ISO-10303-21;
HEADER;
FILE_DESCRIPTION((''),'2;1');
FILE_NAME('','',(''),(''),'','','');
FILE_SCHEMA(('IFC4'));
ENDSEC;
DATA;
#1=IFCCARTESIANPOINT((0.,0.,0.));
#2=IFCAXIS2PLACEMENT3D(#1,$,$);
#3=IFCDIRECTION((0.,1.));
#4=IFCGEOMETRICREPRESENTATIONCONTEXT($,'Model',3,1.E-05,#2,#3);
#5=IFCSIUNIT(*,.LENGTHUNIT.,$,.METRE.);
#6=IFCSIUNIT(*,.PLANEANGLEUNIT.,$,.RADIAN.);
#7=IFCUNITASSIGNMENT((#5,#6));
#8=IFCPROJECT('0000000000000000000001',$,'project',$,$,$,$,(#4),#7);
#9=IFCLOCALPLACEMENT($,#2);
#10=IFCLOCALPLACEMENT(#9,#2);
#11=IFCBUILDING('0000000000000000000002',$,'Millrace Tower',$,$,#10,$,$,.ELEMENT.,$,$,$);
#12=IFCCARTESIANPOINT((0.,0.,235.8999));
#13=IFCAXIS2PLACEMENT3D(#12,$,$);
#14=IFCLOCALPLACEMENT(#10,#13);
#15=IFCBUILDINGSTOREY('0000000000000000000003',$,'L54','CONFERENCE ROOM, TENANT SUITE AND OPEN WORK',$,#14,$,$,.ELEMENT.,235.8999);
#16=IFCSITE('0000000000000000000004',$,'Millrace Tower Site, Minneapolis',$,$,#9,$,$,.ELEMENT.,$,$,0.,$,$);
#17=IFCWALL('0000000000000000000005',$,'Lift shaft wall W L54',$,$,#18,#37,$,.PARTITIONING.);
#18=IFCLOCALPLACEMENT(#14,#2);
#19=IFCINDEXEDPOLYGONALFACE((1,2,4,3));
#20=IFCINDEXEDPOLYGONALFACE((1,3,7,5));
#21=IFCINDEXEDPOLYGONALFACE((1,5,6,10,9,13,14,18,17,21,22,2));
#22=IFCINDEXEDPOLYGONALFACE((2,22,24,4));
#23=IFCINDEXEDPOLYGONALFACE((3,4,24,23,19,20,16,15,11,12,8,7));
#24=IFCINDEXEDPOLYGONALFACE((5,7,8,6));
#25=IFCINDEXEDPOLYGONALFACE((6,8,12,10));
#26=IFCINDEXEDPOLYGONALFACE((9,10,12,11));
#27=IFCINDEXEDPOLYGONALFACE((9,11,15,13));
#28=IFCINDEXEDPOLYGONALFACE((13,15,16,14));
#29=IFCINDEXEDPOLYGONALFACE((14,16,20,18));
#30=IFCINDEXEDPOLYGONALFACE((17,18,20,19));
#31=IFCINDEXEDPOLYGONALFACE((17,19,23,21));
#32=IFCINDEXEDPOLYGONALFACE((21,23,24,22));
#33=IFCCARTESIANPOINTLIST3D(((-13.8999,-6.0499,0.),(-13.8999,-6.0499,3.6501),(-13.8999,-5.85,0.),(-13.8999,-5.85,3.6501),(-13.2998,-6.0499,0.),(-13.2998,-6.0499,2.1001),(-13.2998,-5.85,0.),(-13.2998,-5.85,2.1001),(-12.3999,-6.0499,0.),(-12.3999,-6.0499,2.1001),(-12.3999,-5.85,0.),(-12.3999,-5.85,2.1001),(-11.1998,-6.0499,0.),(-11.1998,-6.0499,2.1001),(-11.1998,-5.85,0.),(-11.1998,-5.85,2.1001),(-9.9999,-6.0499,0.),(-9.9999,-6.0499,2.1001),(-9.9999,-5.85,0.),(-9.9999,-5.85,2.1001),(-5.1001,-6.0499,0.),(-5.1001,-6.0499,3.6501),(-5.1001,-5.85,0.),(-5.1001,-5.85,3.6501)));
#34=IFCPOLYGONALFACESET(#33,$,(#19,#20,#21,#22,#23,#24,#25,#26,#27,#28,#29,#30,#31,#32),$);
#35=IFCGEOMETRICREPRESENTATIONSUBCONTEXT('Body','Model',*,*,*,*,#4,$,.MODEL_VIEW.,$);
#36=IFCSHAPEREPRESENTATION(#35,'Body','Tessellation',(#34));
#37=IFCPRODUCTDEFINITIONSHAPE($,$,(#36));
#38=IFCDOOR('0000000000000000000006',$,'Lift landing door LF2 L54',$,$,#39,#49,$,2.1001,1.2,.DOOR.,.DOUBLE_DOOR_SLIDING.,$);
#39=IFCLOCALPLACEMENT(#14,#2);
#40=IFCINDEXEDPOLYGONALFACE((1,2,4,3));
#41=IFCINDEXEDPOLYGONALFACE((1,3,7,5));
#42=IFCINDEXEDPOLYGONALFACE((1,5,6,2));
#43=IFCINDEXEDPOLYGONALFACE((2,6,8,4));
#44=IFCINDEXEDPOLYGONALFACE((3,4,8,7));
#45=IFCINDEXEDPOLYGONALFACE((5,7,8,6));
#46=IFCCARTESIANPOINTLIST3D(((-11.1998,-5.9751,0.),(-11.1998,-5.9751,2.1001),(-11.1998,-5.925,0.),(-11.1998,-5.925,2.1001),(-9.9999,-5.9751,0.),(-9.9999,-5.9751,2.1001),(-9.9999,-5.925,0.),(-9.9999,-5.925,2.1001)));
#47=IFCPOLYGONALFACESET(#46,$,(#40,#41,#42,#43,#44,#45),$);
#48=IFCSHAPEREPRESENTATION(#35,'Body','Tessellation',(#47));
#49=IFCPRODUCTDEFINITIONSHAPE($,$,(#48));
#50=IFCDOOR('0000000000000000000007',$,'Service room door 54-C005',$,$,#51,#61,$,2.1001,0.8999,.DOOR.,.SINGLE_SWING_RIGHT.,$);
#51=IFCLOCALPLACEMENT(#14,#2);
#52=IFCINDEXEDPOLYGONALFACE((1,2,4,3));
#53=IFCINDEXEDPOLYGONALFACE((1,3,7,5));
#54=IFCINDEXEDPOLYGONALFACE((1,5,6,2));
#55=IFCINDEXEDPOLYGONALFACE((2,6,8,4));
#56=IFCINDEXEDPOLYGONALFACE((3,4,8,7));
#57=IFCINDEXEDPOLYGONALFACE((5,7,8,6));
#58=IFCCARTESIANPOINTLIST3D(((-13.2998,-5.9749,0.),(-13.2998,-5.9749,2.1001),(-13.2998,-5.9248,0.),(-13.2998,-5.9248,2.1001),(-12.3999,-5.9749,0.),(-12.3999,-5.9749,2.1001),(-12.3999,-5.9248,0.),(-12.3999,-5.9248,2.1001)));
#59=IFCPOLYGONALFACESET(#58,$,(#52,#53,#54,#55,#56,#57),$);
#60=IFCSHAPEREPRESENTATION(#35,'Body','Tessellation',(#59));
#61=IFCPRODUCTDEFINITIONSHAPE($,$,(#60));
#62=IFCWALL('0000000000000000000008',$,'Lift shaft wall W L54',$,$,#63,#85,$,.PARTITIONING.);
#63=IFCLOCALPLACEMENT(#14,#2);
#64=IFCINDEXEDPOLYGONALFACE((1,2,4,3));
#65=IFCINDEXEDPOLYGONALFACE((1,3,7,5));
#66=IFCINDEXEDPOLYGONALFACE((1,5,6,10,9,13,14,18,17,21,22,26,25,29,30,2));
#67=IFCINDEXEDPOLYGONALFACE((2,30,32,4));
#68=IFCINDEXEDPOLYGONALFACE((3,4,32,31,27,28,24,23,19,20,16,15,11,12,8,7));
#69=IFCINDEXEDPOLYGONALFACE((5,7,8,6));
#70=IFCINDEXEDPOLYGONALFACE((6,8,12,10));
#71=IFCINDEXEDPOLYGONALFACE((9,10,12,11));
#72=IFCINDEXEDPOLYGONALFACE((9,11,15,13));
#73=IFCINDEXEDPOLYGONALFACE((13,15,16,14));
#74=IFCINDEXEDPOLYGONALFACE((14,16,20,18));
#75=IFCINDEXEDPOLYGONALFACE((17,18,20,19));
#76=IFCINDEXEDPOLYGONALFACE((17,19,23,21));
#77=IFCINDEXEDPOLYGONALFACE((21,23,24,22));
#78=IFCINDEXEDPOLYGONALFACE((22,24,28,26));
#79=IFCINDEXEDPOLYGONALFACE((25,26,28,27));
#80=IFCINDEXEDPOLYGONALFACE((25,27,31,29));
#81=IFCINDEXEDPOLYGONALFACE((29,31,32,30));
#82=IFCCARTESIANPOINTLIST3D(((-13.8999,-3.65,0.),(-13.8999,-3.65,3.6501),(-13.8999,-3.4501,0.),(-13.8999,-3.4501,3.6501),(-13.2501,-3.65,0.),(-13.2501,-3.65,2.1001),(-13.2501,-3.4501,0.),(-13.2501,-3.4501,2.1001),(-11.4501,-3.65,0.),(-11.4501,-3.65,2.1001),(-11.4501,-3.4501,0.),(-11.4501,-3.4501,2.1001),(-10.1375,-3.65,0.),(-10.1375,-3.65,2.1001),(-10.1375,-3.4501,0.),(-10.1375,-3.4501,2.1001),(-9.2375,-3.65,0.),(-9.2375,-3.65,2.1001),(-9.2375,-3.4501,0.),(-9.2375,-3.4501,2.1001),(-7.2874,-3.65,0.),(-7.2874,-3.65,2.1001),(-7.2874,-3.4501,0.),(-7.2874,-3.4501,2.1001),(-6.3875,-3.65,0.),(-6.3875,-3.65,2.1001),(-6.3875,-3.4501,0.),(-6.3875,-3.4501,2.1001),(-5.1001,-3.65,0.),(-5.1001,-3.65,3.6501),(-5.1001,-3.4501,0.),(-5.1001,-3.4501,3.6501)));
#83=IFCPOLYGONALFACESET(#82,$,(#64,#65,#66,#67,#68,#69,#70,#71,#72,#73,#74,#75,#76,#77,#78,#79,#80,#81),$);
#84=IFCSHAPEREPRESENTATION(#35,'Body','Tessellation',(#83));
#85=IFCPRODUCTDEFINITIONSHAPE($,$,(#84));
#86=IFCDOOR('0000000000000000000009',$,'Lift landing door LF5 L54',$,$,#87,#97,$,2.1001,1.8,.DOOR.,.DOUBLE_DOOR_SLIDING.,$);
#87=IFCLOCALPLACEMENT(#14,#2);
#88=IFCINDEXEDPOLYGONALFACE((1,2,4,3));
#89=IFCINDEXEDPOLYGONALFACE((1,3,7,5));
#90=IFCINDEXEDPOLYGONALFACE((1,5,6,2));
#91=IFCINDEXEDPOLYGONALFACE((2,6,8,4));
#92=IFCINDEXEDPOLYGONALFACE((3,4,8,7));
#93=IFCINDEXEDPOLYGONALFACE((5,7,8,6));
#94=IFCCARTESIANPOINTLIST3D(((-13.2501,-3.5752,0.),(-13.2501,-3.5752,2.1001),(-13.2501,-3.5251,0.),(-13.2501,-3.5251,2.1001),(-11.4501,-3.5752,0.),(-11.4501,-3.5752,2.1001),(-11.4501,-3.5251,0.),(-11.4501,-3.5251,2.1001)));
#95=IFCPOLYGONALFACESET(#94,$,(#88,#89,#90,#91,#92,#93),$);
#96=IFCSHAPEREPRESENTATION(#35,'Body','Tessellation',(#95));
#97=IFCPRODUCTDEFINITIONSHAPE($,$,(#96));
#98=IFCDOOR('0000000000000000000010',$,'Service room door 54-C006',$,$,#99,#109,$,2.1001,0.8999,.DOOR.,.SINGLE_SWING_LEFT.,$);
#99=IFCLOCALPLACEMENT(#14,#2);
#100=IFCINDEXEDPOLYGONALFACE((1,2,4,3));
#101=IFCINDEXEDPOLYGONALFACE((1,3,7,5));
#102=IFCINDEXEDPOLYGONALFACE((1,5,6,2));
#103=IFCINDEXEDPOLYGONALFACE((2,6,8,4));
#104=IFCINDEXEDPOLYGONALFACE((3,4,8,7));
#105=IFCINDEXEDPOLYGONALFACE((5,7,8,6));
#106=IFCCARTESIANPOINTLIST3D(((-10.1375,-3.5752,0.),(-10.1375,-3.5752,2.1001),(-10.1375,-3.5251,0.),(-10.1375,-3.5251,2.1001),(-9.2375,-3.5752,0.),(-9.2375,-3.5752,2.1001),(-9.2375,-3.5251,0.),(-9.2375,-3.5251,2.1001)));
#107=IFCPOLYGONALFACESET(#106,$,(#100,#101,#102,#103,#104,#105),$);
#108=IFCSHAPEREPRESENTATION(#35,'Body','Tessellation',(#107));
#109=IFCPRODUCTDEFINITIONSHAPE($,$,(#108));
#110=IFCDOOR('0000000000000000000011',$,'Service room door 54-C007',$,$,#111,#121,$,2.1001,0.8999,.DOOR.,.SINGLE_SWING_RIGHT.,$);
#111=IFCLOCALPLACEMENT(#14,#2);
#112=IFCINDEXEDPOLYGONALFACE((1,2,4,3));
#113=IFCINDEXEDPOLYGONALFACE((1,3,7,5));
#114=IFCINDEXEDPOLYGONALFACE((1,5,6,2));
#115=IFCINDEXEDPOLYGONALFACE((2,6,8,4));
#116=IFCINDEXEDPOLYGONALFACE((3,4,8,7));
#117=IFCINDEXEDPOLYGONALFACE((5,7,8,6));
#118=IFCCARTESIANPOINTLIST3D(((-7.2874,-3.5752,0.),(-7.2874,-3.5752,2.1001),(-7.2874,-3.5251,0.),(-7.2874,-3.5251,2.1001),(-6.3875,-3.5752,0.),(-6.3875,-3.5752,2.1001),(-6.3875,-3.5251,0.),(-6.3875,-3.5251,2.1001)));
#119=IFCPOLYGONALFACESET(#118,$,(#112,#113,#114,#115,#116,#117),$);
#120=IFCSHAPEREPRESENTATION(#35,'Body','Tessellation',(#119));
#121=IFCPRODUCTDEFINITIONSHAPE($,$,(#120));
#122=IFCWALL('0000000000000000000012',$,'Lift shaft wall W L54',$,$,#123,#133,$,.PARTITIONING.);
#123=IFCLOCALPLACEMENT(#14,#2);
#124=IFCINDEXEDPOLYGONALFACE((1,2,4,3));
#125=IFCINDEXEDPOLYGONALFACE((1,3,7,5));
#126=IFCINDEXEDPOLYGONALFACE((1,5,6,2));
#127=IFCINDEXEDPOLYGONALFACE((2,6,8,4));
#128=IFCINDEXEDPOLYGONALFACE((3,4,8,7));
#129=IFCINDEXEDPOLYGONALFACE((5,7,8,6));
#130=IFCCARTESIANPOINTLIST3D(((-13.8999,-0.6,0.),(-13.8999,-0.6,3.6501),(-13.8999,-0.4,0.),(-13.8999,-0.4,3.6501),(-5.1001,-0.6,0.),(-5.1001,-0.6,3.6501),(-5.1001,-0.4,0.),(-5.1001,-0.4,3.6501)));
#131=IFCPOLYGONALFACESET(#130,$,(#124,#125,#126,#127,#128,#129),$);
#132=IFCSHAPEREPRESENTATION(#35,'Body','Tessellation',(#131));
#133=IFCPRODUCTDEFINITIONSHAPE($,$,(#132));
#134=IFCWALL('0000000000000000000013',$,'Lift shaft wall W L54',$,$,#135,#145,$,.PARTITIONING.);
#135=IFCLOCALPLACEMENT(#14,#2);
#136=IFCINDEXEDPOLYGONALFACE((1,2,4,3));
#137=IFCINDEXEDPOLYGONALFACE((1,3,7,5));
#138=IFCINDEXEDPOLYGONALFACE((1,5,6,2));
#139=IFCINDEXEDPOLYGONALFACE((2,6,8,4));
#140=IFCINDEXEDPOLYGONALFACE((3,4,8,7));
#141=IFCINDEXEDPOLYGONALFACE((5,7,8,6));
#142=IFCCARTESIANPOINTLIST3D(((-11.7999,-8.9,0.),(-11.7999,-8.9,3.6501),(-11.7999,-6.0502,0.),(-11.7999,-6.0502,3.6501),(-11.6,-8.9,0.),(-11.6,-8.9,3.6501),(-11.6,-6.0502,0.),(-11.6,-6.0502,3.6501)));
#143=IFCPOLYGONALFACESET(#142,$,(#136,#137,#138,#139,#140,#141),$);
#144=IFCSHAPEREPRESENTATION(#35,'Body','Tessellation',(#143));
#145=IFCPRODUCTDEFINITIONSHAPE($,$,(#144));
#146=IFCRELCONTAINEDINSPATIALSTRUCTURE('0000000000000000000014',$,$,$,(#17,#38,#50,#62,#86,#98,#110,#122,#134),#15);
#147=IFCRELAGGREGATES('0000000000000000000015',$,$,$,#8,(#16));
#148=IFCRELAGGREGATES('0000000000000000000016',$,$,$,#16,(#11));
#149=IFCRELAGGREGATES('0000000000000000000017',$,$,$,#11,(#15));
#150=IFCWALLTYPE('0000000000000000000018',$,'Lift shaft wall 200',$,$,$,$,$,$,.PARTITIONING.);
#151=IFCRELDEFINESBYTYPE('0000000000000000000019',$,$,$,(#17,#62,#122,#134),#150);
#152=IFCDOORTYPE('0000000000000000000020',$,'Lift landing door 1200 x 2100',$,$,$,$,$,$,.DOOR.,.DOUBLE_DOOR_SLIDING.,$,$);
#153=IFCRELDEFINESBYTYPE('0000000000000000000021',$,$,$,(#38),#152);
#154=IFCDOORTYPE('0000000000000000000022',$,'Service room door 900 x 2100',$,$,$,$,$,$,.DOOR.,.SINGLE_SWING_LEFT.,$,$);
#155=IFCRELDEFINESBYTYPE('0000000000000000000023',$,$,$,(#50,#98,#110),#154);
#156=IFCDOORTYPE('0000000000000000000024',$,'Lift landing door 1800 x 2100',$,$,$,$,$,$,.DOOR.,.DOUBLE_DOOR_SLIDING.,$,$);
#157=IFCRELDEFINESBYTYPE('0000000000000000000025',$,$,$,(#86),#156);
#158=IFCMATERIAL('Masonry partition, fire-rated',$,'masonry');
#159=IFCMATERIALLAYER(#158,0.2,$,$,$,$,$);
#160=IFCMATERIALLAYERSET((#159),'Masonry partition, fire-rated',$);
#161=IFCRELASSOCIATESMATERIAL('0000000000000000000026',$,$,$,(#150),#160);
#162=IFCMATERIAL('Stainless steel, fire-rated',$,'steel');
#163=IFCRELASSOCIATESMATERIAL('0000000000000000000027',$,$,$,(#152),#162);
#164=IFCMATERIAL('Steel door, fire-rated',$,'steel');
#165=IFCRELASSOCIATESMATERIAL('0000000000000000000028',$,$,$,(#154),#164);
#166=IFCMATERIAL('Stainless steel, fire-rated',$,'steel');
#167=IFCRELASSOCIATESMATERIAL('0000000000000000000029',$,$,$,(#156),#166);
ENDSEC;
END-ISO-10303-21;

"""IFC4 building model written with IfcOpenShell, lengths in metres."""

from ifc_helpers import new_model, si_unit, direction, frame, frame_2d, origin, place, context, subcontext, project, spatial, rectangle, extrude, material, layer, layer_set, type_object, element, fill, save


model = new_model("IFC4")

# Units and contexts
model_context = context("Model", 3, precision=1e-05, world=origin(), true_north=direction((0.0, 1.0)))
body_context = subcontext(model_context, "Body", "Model", "MODEL_VIEW")
ifc_project = project(units=[si_unit("LENGTHUNIT", "METRE"), si_unit("PLANEANGLEUNIT", "RADIAN")], contexts=[model_context])

# Site, building, storey
site_placement = place(None, origin())
site = spatial("IfcSite", under=ifc_project, at=site_placement, Name="Millrace Tower Site, Minneapolis", CompositionType="ELEMENT", RefElevation=0.0)
building_placement = place(site_placement, origin())
building = spatial("IfcBuilding", under=site, at=building_placement, Name="Millrace Tower", CompositionType="ELEMENT")
storey_placement = place(building_placement, frame((0.0, 0.0, 235.8999)))
storey = spatial("IfcBuildingStorey", under=building, at=storey_placement, Name="L54", Description="CONFERENCE ROOM, TENANT SUITE AND OPEN WORK", CompositionType="ELEMENT", Elevation=235.8999)

# Walls, openings, doors
ifc_material_1 = material(Name="Masonry partition, fire-rated", Category="masonry")
ifc_layer_1 = layer(ifc_material_1, 0.2)
ifc_layer_set_1 = layer_set([ifc_layer_1], Name="Masonry partition, fire-rated")
wall_type_1 = type_object("IfcWallType", Name="Lift shaft wall 200", PredefinedType="PARTITIONING", material=ifc_layer_set_1)
wall_1_placement = place(storey_placement, frame((-13.8999, -5.95, 0.0), z_axis=(0.0, 0.0, 1.0), x_axis=(1.0, 0.0, 0.0)))
wall_1 = element("IfcWall", 1, at=wall_1_placement, inside=storey, type_object=wall_type_1, Name="Lift shaft wall W L54", PredefinedType="PARTITIONING", context=body_context, shape_type="SweptSolid", body=[
    extrude(rectangle(XDim=8.7998, YDim=0.2, at=frame_2d((4.3999, 0.0))), origin(), (0.0, 0.0, 1.0), 3.6501),
])
opening_1_placement = place(wall_1_placement, frame((2.7, 0.0, 0.0)))
opening_1 = element("IfcOpeningElement", 2, at=opening_1_placement, cuts=wall_1, PredefinedType="OPENING", context=body_context, shape_type="SweptSolid", body=[
    extrude(rectangle(XDim=1.2, YDim=2.1001, at=frame_2d((0.6001, 1.05))), frame((0.0, 0.1099, 0.0), z_axis=(0.0, -1.0, 0.0), x_axis=(1.0, 0.0, 0.0)), (0.0, 0.0, 1.0), 0.22),
])
opening_2_placement = place(wall_1_placement, frame((0.6001, 0.0, 0.0)))
opening_2 = element("IfcOpeningElement", 3, at=opening_2_placement, cuts=wall_1, PredefinedType="OPENING", context=body_context, shape_type="SweptSolid", body=[
    extrude(rectangle(XDim=0.8999, YDim=2.1001, at=frame_2d((0.45, 1.05))), frame((0.0, 0.1099, 0.0), z_axis=(0.0, -1.0, 0.0), x_axis=(1.0, 0.0, 0.0)), (0.0, 0.0, 1.0), 0.22),
])
ifc_material_2 = material(Name="Stainless steel, fire-rated", Category="steel")
door_type_1 = type_object("IfcDoorType", Name="Lift landing door 1200 x 2100", OperationType="DOUBLE_DOOR_SLIDING", PredefinedType="DOOR", material=ifc_material_2)
door_1_placement = place(opening_1_placement, origin())
door_1 = element("IfcDoor", 4, at=door_1_placement, inside=storey, type_object=door_type_1, Name="Lift landing door LF2 L54", OperationType="DOUBLE_DOOR_SLIDING", OverallHeight=2.1001, OverallWidth=1.2, PredefinedType="DOOR", context=body_context, shape_type="SweptSolid", body=[
    extrude(rectangle(XDim=1.2, YDim=2.1001, at=frame_2d((0.6001, 1.05))), frame((0.0, 0.0249, 0.0), z_axis=(0.0, -1.0, 0.0), x_axis=(1.0, 0.0, 0.0)), (0.0, 0.0, 1.0), 0.05),
])
fill(opening_1, door_1)
ifc_material_3 = material(Name="Steel door, fire-rated", Category="steel")
door_type_2 = type_object("IfcDoorType", Name="Service room door 900 x 2100", OperationType="SINGLE_SWING_LEFT", PredefinedType="DOOR", material=ifc_material_3)
door_2_placement = place(opening_2_placement, frame((0.8999, 0.0, 0.0), z_axis=(0.0, 0.0, 1.0), x_axis=(-1.0, 0.0, 0.0)))
door_2 = element("IfcDoor", 5, at=door_2_placement, inside=storey, type_object=door_type_2, Name="Service room door 54-C005", OperationType="SINGLE_SWING_RIGHT", OverallHeight=2.1001, OverallWidth=0.8999, PredefinedType="DOOR", context=body_context, shape_type="SweptSolid", body=[
    extrude(rectangle(XDim=0.8999, YDim=2.1001, at=frame_2d((0.45, 1.05))), frame((0.0, 0.0249, 0.0), z_axis=(0.0, -1.0, 0.0), x_axis=(1.0, 0.0, 0.0)), (0.0, 0.0, 1.0), 0.05),
])
fill(opening_2, door_2)
wall_2_placement = place(storey_placement, frame((-13.8999, -3.55, 0.0), z_axis=(0.0, 0.0, 1.0), x_axis=(1.0, 0.0, 0.0)))
wall_2 = element("IfcWall", 6, at=wall_2_placement, inside=storey, type_object=wall_type_1, Name="Lift shaft wall W L54", PredefinedType="PARTITIONING", context=body_context, shape_type="SweptSolid", body=[
    extrude(rectangle(XDim=8.7998, YDim=0.2, at=frame_2d((4.3999, 0.0))), origin(), (0.0, 0.0, 1.0), 3.6501),
])
opening_3_placement = place(wall_2_placement, frame((0.6499, 0.0, 0.0)))
opening_3 = element("IfcOpeningElement", 7, at=opening_3_placement, cuts=wall_2, PredefinedType="OPENING", context=body_context, shape_type="SweptSolid", body=[
    extrude(rectangle(XDim=1.8, YDim=2.1001, at=frame_2d((0.8999, 1.05))), frame((0.0, 0.1099, 0.0), z_axis=(0.0, -1.0, 0.0), x_axis=(1.0, 0.0, 0.0)), (0.0, 0.0, 1.0), 0.22),
])
opening_4_placement = place(wall_2_placement, frame((3.7625, 0.0, 0.0)))
opening_4 = element("IfcOpeningElement", 8, at=opening_4_placement, cuts=wall_2, PredefinedType="OPENING", context=body_context, shape_type="SweptSolid", body=[
    extrude(rectangle(XDim=0.8999, YDim=2.1001, at=frame_2d((0.45, 1.05))), frame((0.0, 0.1099, 0.0), z_axis=(0.0, -1.0, 0.0), x_axis=(1.0, 0.0, 0.0)), (0.0, 0.0, 1.0), 0.22),
])
opening_5_placement = place(wall_2_placement, frame((6.6125, 0.0, 0.0)))
opening_5 = element("IfcOpeningElement", 9, at=opening_5_placement, cuts=wall_2, PredefinedType="OPENING", context=body_context, shape_type="SweptSolid", body=[
    extrude(rectangle(XDim=0.8999, YDim=2.1001, at=frame_2d((0.45, 1.05))), frame((0.0, 0.1099, 0.0), z_axis=(0.0, -1.0, 0.0), x_axis=(1.0, 0.0, 0.0)), (0.0, 0.0, 1.0), 0.22),
])
ifc_material_4 = material(Name="Stainless steel, fire-rated", Category="steel")
door_type_3 = type_object("IfcDoorType", Name="Lift landing door 1800 x 2100", OperationType="DOUBLE_DOOR_SLIDING", PredefinedType="DOOR", material=ifc_material_4)
door_3_placement = place(opening_3_placement, origin())
door_3 = element("IfcDoor", 10, at=door_3_placement, inside=storey, type_object=door_type_3, Name="Lift landing door LF5 L54", OperationType="DOUBLE_DOOR_SLIDING", OverallHeight=2.1001, OverallWidth=1.8, PredefinedType="DOOR", context=body_context, shape_type="SweptSolid", body=[
    extrude(rectangle(XDim=1.8, YDim=2.1001, at=frame_2d((0.8999, 1.05))), frame((0.0, 0.0249, 0.0), z_axis=(0.0, -1.0, 0.0), x_axis=(1.0, 0.0, 0.0)), (0.0, 0.0, 1.0), 0.05),
])
fill(opening_3, door_3)
door_4_placement = place(opening_4_placement, origin())
door_4 = element("IfcDoor", 11, at=door_4_placement, inside=storey, type_object=door_type_2, Name="Service room door 54-C006", OperationType="SINGLE_SWING_LEFT", OverallHeight=2.1001, OverallWidth=0.8999, PredefinedType="DOOR", context=body_context, shape_type="SweptSolid", body=[
    extrude(rectangle(XDim=0.8999, YDim=2.1001, at=frame_2d((0.45, 1.05))), frame((0.0, 0.0249, 0.0), z_axis=(0.0, -1.0, 0.0), x_axis=(1.0, 0.0, 0.0)), (0.0, 0.0, 1.0), 0.05),
])
fill(opening_4, door_4)
door_5_placement = place(opening_5_placement, origin())
door_5 = element("IfcDoor", 12, at=door_5_placement, inside=storey, type_object=door_type_2, Name="Service room door 54-C007", OperationType="SINGLE_SWING_RIGHT", OverallHeight=2.1001, OverallWidth=0.8999, PredefinedType="DOOR", context=body_context, shape_type="SweptSolid", body=[
    extrude(rectangle(XDim=0.8999, YDim=2.1001, at=frame_2d((0.45, 1.05))), frame((0.0, 0.0249, 0.0), z_axis=(0.0, -1.0, 0.0), x_axis=(1.0, 0.0, 0.0)), (0.0, 0.0, 1.0), 0.05),
])
fill(opening_5, door_5)

# Walls
wall_3_placement = place(storey_placement, frame((-13.8999, -0.5, 0.0), z_axis=(0.0, 0.0, 1.0), x_axis=(1.0, 0.0, 0.0)))
element("IfcWall", 13, at=wall_3_placement, inside=storey, type_object=wall_type_1, Name="Lift shaft wall W L54", PredefinedType="PARTITIONING", context=body_context, shape_type="SweptSolid", body=[
    extrude(rectangle(XDim=8.7998, YDim=0.2, at=frame_2d((4.3999, 0.0))), origin(), (0.0, 0.0, 1.0), 3.6501),
])
wall_4_placement = place(storey_placement, frame((-11.7, -8.8999, 0.0), z_axis=(0.0, 0.0, 1.0), x_axis=(0.0, 1.0, 0.0)))
element("IfcWall", 14, at=wall_4_placement, inside=storey, type_object=wall_type_1, Name="Lift shaft wall W L54", PredefinedType="PARTITIONING", context=body_context, shape_type="SweptSolid", body=[
    extrude(rectangle(XDim=2.8499, YDim=0.2, at=frame_2d((1.4248, 0.0))), origin(), (0.0, 0.0, 1.0), 3.6501),
])

save(model, "model.ifc")
